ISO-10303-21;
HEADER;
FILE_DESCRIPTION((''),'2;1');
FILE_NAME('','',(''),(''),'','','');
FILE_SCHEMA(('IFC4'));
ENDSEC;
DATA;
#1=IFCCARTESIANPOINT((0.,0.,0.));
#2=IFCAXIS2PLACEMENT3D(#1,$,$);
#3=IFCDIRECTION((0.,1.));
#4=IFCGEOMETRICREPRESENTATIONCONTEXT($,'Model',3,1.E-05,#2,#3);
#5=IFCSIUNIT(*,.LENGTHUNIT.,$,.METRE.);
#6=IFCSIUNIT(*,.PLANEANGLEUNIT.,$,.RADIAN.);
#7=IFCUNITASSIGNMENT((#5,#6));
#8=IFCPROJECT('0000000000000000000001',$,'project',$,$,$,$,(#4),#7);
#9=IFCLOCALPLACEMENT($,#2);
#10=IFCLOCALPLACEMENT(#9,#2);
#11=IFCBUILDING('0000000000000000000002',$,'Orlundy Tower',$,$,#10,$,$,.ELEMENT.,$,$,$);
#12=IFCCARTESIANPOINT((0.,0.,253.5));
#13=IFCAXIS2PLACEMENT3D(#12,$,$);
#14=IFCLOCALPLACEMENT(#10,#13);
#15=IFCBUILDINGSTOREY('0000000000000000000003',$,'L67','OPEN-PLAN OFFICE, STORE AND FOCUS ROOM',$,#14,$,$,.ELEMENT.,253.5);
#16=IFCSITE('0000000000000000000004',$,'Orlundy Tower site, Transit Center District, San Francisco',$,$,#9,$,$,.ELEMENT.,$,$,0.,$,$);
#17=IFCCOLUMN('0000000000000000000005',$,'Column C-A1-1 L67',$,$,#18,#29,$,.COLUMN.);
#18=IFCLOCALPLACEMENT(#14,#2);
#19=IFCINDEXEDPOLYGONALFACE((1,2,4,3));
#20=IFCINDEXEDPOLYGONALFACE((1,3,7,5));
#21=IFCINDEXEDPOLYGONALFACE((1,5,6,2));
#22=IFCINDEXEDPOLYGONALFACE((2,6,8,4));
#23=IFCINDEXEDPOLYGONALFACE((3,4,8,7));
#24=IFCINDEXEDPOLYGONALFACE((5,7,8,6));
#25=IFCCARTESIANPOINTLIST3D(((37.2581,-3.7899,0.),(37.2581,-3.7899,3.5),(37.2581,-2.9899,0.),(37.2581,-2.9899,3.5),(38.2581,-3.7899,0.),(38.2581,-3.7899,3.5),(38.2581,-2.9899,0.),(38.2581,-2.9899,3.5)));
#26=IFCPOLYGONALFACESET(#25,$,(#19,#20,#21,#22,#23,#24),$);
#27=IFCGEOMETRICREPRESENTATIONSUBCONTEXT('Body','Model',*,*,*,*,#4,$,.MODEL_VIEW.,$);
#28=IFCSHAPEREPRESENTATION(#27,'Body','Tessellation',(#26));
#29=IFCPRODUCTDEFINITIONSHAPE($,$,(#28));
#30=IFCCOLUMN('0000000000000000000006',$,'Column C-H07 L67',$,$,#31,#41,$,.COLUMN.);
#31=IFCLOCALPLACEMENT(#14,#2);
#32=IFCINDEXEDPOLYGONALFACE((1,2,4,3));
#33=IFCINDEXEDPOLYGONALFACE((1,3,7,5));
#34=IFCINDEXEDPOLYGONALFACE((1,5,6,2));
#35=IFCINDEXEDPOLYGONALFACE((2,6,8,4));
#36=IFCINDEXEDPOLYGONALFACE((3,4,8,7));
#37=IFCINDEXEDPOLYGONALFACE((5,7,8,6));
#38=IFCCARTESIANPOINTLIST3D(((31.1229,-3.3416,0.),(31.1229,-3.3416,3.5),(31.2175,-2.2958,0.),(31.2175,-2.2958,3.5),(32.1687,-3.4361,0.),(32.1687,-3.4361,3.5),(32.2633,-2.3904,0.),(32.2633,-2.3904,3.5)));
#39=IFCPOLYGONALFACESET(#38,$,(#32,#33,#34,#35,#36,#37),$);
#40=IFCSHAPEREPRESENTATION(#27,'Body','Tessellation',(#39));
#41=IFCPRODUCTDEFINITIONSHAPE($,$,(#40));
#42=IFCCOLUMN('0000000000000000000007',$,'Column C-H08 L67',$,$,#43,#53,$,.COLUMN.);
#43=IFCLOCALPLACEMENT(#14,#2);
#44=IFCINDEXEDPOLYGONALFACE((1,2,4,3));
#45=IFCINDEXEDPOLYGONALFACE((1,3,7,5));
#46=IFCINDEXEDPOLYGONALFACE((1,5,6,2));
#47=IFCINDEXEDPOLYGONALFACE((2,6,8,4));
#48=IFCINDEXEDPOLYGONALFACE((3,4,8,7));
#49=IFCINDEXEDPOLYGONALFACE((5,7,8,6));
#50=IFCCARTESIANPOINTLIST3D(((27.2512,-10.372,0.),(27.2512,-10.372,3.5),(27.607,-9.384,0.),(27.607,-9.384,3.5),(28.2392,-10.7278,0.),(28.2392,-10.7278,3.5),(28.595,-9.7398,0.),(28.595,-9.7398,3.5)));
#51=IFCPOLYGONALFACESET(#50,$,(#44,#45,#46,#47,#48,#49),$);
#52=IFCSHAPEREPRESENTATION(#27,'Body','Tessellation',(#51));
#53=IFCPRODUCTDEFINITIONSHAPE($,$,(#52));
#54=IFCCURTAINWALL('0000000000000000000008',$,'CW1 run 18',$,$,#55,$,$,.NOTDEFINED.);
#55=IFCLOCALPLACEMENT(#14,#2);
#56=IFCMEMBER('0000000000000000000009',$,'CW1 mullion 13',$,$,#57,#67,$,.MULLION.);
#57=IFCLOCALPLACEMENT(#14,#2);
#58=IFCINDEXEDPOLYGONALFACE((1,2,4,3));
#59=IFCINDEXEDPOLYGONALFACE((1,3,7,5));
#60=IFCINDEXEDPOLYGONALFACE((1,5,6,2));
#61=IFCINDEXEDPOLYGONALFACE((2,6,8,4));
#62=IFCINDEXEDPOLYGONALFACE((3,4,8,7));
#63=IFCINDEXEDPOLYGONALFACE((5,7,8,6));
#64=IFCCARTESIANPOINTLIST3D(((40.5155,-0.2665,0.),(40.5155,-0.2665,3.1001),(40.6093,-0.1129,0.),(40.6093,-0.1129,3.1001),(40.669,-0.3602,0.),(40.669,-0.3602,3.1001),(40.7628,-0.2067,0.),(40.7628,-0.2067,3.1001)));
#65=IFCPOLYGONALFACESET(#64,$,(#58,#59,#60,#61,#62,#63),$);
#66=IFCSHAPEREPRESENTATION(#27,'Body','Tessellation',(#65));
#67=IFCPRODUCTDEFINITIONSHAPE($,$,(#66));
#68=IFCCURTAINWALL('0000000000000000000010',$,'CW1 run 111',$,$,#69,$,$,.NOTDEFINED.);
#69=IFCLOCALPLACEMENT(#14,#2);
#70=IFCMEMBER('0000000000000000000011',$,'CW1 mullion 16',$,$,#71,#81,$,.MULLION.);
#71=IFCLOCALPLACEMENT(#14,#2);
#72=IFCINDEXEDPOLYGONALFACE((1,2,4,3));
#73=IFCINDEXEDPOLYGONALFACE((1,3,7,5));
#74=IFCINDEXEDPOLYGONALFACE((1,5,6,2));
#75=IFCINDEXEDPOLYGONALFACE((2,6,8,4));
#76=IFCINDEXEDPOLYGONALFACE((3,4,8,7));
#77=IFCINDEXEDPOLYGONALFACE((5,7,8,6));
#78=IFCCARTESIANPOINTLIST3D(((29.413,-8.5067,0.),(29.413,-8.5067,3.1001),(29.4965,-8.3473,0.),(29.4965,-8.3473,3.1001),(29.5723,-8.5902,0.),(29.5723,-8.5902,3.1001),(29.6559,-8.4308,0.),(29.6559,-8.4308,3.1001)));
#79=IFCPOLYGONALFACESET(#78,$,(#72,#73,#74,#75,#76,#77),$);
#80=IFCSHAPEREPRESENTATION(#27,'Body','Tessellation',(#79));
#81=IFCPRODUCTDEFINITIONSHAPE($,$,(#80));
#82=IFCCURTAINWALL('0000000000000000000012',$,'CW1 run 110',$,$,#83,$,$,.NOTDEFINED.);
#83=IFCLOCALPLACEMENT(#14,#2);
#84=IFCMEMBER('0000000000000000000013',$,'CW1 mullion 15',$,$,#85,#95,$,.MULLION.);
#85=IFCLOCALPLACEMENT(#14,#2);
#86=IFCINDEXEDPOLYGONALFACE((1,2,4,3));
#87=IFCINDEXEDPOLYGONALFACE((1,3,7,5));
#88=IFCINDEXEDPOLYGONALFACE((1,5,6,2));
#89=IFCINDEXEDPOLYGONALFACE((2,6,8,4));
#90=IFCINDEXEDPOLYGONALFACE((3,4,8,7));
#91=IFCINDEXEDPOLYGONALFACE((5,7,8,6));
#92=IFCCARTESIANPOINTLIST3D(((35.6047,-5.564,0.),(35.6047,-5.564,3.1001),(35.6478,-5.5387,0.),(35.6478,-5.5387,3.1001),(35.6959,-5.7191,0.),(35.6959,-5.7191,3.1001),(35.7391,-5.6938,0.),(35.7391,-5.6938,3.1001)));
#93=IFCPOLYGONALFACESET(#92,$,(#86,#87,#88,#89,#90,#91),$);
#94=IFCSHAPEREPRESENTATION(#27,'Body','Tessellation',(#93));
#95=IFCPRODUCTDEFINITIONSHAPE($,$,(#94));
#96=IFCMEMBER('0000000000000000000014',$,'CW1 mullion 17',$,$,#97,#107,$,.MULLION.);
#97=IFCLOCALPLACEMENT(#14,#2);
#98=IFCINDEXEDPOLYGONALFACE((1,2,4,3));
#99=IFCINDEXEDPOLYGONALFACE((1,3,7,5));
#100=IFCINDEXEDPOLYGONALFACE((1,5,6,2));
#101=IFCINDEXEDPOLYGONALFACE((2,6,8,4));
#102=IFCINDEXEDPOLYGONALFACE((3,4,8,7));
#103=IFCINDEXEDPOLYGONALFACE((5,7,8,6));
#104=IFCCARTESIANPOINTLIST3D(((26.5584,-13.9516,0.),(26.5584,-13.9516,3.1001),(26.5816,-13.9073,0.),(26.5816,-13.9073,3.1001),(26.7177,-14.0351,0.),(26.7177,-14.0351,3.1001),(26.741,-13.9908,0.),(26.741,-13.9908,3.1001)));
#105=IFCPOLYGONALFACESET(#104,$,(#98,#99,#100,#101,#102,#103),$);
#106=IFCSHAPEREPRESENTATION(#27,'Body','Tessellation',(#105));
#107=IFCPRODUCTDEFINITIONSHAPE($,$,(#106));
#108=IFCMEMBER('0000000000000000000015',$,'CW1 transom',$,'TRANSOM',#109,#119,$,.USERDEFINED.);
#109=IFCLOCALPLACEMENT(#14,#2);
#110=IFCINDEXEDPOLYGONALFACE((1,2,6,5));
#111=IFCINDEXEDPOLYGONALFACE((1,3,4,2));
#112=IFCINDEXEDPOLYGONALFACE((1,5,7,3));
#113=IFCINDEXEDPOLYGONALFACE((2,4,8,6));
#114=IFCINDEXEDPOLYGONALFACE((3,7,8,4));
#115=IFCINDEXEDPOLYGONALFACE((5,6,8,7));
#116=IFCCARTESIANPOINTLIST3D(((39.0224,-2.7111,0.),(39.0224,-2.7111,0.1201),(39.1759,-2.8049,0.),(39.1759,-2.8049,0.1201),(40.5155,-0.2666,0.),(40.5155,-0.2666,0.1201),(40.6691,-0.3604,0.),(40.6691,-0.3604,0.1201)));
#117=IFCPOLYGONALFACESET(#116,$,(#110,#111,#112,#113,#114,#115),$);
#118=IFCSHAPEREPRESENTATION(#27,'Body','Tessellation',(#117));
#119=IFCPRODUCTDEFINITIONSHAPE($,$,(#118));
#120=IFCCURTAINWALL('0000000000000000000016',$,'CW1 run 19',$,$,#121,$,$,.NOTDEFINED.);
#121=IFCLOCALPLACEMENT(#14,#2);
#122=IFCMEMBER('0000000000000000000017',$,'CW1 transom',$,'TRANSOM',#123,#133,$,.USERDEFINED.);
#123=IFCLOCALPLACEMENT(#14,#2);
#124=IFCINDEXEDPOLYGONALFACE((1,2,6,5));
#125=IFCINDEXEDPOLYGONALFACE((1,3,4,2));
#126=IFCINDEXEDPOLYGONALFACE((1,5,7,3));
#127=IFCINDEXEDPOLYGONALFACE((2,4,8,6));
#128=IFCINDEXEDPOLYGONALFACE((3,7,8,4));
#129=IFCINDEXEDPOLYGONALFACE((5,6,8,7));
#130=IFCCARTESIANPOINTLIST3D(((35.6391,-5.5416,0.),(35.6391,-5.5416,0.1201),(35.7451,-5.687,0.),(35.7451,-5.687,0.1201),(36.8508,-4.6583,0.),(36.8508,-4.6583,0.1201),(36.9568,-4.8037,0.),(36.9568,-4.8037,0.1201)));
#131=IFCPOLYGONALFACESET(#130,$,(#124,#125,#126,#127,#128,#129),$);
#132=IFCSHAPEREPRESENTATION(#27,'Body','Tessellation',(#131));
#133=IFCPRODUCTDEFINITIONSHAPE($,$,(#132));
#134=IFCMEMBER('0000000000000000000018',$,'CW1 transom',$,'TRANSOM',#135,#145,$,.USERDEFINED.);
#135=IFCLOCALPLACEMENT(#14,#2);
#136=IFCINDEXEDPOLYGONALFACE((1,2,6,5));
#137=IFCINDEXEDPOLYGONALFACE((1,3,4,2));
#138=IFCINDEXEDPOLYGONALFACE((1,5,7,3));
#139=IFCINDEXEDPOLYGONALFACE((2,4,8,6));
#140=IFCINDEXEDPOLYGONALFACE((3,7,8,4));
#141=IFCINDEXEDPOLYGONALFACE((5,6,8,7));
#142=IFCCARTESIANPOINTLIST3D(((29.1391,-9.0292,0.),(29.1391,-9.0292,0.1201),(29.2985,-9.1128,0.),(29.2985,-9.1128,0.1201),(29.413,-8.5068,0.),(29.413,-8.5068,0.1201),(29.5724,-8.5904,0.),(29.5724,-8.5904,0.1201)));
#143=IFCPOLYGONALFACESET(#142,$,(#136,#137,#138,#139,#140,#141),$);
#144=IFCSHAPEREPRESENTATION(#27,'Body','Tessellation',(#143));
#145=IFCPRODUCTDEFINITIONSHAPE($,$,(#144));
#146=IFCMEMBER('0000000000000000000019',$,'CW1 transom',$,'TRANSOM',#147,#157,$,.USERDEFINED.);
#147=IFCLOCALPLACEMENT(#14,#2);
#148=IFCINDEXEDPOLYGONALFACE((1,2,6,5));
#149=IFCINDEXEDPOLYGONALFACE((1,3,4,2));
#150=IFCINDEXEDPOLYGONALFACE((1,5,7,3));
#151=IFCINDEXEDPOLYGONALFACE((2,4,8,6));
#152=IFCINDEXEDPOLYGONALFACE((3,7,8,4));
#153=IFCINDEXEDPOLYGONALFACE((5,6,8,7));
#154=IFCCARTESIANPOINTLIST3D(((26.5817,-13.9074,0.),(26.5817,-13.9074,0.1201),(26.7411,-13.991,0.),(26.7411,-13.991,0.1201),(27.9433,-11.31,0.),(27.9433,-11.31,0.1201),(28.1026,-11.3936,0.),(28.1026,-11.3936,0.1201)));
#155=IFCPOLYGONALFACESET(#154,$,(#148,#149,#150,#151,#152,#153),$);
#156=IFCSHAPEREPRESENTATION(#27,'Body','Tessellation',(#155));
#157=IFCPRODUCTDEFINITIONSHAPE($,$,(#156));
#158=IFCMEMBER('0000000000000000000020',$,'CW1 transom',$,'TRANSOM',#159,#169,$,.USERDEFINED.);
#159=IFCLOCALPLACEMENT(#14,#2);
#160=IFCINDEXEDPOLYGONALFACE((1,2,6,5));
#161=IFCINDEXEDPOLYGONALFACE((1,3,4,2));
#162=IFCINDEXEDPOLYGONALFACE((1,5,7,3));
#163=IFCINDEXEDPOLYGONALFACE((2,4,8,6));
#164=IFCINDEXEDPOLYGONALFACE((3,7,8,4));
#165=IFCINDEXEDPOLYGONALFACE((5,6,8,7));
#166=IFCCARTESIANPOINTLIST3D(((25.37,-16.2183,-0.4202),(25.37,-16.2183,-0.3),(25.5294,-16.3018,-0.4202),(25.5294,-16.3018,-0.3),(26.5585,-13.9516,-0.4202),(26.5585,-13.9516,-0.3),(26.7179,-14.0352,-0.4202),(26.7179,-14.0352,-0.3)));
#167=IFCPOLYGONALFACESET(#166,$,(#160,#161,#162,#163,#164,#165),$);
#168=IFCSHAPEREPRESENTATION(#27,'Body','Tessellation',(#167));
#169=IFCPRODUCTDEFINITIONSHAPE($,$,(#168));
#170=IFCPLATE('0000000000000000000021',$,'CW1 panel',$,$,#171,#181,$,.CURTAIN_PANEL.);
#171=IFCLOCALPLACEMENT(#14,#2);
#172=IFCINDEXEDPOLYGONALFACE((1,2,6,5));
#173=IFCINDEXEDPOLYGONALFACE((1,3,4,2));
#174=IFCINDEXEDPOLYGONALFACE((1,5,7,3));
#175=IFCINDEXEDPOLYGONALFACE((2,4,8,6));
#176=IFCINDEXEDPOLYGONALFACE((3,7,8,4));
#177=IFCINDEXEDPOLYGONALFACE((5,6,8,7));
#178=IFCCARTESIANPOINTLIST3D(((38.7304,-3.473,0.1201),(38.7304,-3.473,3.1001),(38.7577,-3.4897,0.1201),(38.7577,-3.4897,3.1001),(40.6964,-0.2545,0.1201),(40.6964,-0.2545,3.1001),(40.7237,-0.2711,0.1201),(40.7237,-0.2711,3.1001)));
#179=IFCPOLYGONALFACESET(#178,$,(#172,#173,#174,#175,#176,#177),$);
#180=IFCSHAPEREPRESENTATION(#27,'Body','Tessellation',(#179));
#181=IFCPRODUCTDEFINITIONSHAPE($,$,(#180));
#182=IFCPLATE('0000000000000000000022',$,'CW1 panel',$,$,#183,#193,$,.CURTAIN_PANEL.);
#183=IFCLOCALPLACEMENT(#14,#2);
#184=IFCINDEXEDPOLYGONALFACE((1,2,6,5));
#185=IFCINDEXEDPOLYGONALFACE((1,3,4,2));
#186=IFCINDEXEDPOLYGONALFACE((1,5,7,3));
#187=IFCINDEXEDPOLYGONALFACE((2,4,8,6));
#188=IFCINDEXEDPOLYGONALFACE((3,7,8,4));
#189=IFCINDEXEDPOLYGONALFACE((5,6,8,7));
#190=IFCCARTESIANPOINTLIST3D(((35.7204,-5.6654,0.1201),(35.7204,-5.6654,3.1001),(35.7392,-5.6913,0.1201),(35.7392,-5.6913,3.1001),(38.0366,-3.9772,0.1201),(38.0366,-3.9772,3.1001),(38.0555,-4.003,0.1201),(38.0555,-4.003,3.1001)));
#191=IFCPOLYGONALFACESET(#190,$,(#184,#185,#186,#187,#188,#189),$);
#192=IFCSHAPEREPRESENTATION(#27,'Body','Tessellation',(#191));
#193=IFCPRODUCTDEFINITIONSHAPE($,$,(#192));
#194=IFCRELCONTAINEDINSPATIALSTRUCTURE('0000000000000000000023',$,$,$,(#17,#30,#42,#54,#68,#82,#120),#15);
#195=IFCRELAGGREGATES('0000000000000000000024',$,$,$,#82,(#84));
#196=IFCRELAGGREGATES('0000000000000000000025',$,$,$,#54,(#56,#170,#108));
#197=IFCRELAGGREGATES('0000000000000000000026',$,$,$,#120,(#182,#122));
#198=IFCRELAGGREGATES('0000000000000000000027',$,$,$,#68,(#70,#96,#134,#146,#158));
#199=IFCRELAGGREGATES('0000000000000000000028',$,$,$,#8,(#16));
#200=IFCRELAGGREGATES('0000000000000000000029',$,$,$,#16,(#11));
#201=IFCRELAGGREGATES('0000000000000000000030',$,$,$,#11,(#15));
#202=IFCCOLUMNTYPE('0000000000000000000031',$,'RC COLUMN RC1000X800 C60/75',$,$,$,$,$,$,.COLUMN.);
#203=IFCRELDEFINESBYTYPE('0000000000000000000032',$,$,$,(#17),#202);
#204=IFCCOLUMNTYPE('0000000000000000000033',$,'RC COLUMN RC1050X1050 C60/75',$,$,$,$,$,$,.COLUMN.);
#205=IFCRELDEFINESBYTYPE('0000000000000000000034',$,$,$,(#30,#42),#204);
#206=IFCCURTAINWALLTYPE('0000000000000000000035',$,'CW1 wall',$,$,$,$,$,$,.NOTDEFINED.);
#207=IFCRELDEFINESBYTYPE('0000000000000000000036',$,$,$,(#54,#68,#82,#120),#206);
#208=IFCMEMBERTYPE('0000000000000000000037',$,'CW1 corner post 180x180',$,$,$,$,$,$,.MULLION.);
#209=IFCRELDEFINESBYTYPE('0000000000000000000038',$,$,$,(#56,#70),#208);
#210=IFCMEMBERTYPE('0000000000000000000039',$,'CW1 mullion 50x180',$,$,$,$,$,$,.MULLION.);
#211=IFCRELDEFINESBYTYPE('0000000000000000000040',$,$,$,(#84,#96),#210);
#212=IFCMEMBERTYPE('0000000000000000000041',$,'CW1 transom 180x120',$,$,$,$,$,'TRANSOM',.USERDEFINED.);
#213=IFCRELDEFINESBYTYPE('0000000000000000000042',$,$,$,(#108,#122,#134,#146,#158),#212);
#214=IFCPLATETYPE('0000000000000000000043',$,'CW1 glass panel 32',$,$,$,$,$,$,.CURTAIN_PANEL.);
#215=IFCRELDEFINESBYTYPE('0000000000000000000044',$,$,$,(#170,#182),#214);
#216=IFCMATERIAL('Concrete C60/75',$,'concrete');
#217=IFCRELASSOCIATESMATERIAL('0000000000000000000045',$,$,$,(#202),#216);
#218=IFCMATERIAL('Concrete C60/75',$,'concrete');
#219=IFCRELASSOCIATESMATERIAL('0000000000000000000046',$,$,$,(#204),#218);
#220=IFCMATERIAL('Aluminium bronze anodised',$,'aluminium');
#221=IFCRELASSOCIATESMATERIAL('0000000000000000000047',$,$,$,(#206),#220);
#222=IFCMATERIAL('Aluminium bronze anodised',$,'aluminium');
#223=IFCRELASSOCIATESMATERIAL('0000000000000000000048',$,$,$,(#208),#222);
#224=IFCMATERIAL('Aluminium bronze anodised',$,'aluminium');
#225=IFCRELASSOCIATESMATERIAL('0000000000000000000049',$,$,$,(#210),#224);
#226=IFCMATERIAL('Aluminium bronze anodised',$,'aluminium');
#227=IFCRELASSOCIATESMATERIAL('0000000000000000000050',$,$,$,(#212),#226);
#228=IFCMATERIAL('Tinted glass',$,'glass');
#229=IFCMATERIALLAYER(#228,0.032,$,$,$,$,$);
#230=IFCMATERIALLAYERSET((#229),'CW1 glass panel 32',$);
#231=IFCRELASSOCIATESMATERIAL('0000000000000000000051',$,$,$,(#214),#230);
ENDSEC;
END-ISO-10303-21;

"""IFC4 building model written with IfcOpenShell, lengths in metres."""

from ifc_helpers import new_model, si_unit, direction, frame, origin, origin_2d, place, context, subcontext, project, spatial, rectangle, extrude, material, layer, layer_set, material_profile, profile_set, type_object, element, aggregate, save


model = new_model("IFC4")

# Units and contexts
model_context = context("Model", 3, precision=1e-05, world=origin(), true_north=direction((0.0, 1.0)))
body_context = subcontext(model_context, "Body", "Model", "MODEL_VIEW")
ifc_project = project(units=[si_unit("LENGTHUNIT", "METRE"), si_unit("PLANEANGLEUNIT", "RADIAN")], contexts=[model_context])

# Site, building, storey
site_placement = place(None, origin())
site = spatial("IfcSite", under=ifc_project, at=site_placement, Name="Orlundy Tower site, Transit Center District, San Francisco", CompositionType="ELEMENT", RefElevation=0.0)
building_placement = place(site_placement, origin())
building = spatial("IfcBuilding", under=site, at=building_placement, Name="Orlundy Tower", CompositionType="ELEMENT")
storey_placement = place(building_placement, frame((0.0, 0.0, 253.5)))
storey = spatial("IfcBuildingStorey", under=building, at=storey_placement, Name="L67", Description="OPEN-PLAN OFFICE, STORE AND FOCUS ROOM", CompositionType="ELEMENT", Elevation=253.5)

# Columns
ifc_material_1 = material(Name="Concrete C60/75", Category="concrete")
ifc_material_profile_1 = material_profile(ifc_material_1, rectangle(XDim=1.0, YDim=0.8, at=origin_2d()), Name="RC1000X800")
ifc_profile_set_1 = profile_set([ifc_material_profile_1], Name="Concrete C60/75")
column_type_1 = type_object("IfcColumnType", Name="RC COLUMN RC1000X800 C60/75", PredefinedType="COLUMN", material=ifc_profile_set_1)
column_placement = place(storey_placement, frame((37.7581, -3.3899, 0.0), z_axis=(0.0, 0.0, 1.0), x_axis=(1.0, 0.0, 0.0)))
element("IfcColumn", 1, at=column_placement, inside=storey, type_object=column_type_1, Name="Column C-A1-1 L67", PredefinedType="COLUMN", context=body_context, shape_type="SweptSolid", body=[
    extrude(rectangle(XDim=1.0, YDim=0.8, at=origin_2d()), origin(), (0.0, 0.0, 1.0), 3.5),
])
ifc_material_2 = material(Name="Concrete C60/75", Category="concrete")
ifc_material_profile_2 = material_profile(ifc_material_2, rectangle(XDim=1.05, YDim=1.05, at=origin_2d()), Name="RC1050X1050")
ifc_profile_set_2 = profile_set([ifc_material_profile_2], Name="Concrete C60/75")
column_type_2 = type_object("IfcColumnType", Name="RC COLUMN RC1050X1050 C60/75", PredefinedType="COLUMN", material=ifc_profile_set_2)
for number, where, z_axis, x_axis, name in (
    (2, (31.6931, -2.866, 0.0), (0.0, 0.0, 1.0), (0.995936, -0.090059, 0.0), "Column C-H07 L67"),
    (3, (27.9231, -10.0559, 0.0), (0.0, 0.0, 1.0), (0.940845, -0.338836, 0.0), "Column C-H08 L67"),
):
    element("IfcColumn", number, at=place(storey_placement, frame(where, z_axis=z_axis, x_axis=x_axis)), inside=storey, type_object=column_type_2, Name=name, PredefinedType="COLUMN", context=body_context, shape_type="SweptSolid", body=[
        extrude(rectangle(XDim=1.05, YDim=1.05, at=origin_2d()), origin(), (0.0, 0.0, 1.0), 3.5),
    ])

# Curtain walls, members
ifc_material_3 = material(Name="Aluminium bronze anodised", Category="aluminium")
curtain_wall_type = type_object("IfcCurtainWallType", Name="CW1 wall", PredefinedType="NOTDEFINED", material=ifc_material_3)
curtain_wall_1_placement = place(storey_placement, origin())
curtain_wall_1 = element("IfcCurtainWall", 4, at=curtain_wall_1_placement, inside=storey, type_object=curtain_wall_type, Name="CW1 run 18", PredefinedType="NOTDEFINED")
ifc_material_4 = material(Name="Aluminium bronze anodised", Category="aluminium")
ifc_material_profile_3 = material_profile(ifc_material_4, rectangle(XDim=0.1799, YDim=0.1799, at=origin_2d()), Name="CW1 corner post 180x180")
ifc_profile_set_3 = profile_set([ifc_material_profile_3], Name="Aluminium bronze anodised")
member_type_1 = type_object("IfcMemberType", Name="CW1 corner post 180x180", PredefinedType="MULLION", material=ifc_profile_set_3)
member_1_placement = place(storey_placement, frame((40.6392, -0.2366, 0.0), z_axis=(0.0, 0.0, 1.0), x_axis=(0.853395, -0.521264, 0.0)))
member_1 = element("IfcMember", 5, at=member_1_placement, type_object=member_type_1, Name="CW1 mullion 13", PredefinedType="MULLION", context=body_context, shape_type="SweptSolid", body=[
    extrude(rectangle(XDim=0.1799, YDim=0.1799, at=origin_2d()), origin(), (0.0, 0.0, 1.0), 3.1001),
])
curtain_wall_2_placement = place(storey_placement, origin())
curtain_wall_2 = element("IfcCurtainWall", 6, at=curtain_wall_2_placement, inside=storey, type_object=curtain_wall_type, Name="CW1 run 111", PredefinedType="NOTDEFINED")
member_2_placement = place(storey_placement, frame((29.5344, -8.4688, 0.0), z_axis=(0.0, 0.0, 1.0), x_axis=(0.885661, -0.464333, 0.0)))
member_2 = element("IfcMember", 7, at=member_2_placement, type_object=member_type_1, Name="CW1 mullion 16", PredefinedType="MULLION", context=body_context, shape_type="SweptSolid", body=[
    extrude(rectangle(XDim=0.1799, YDim=0.1799, at=origin_2d()), origin(), (0.0, 0.0, 1.0), 3.1001),
])
curtain_wall_3_placement = place(storey_placement, origin())
curtain_wall_3 = element("IfcCurtainWall", 8, at=curtain_wall_3_placement, inside=storey, type_object=curtain_wall_type, Name="CW1 run 110", PredefinedType="NOTDEFINED")
ifc_material_5 = material(Name="Aluminium bronze anodised", Category="aluminium")
ifc_material_profile_4 = material_profile(ifc_material_5, rectangle(XDim=0.1799, YDim=0.05, at=origin_2d()), Name="CW1 mullion 50x180")
ifc_profile_set_4 = profile_set([ifc_material_profile_4], Name="Aluminium bronze anodised")
member_type_2 = type_object("IfcMemberType", Name="CW1 mullion 50x180", PredefinedType="MULLION", material=ifc_profile_set_4)
member_3_placement = place(storey_placement, frame((35.6719, -5.6289, 0.0), z_axis=(0.0, 0.0, 1.0), x_axis=(0.506928, -0.861989, 0.0)))
member_3 = element("IfcMember", 9, at=member_3_placement, type_object=member_type_2, Name="CW1 mullion 15", PredefinedType="MULLION", context=body_context, shape_type="SweptSolid", body=[
    extrude(rectangle(XDim=0.1799, YDim=0.05, at=origin_2d()), origin(), (0.0, 0.0, 1.0), 3.1001),
])
aggregate(curtain_wall_3, [member_3])

# Members
member_4_placement = place(storey_placement, frame((26.6497, -13.9712, 0.0), z_axis=(0.0, 0.0, 1.0), x_axis=(0.885661, -0.464333, 0.0)))
member_4 = element("IfcMember", 10, at=member_4_placement, type_object=member_type_2, Name="CW1 mullion 17", PredefinedType="MULLION", context=body_context, shape_type="SweptSolid", body=[
    extrude(rectangle(XDim=0.1799, YDim=0.05, at=origin_2d()), origin(), (0.0, 0.0, 1.0), 3.1001),
])
ifc_material_6 = material(Name="Aluminium bronze anodised", Category="aluminium")
ifc_material_profile_5 = material_profile(ifc_material_6, rectangle(XDim=0.1799, YDim=0.1201, at=origin_2d()), Name="CW1 transom 180x120")
ifc_profile_set_5 = profile_set([ifc_material_profile_5], Name="Aluminium bronze anodised")
member_type_3 = type_object("IfcMemberType", Name="CW1 transom 180x120", ElementType="TRANSOM", PredefinedType="USERDEFINED", material=ifc_profile_set_5)
member_5_placement = place(storey_placement, frame((40.5923, -0.3135, 0.0601), z_axis=(-0.52126, -0.853398, 0.0), x_axis=(0.853398, -0.52126, 0.0)))
member_5 = element("IfcMember", 11, at=member_5_placement, type_object=member_type_3, Name="CW1 transom", ObjectType="TRANSOM", PredefinedType="USERDEFINED", context=body_context, shape_type="SweptSolid", body=[
    extrude(rectangle(XDim=0.1799, YDim=0.1201, at=origin_2d()), origin(), (0.0, 0.0, 1.0), 2.8645),
])

# Curtain wall, member
curtain_wall_4_placement = place(storey_placement, origin())
curtain_wall_4 = element("IfcCurtainWall", 12, at=curtain_wall_4_placement, inside=storey, type_object=curtain_wall_type, Name="CW1 run 19", PredefinedType="NOTDEFINED")
member_6_placement = place(storey_placement, frame((36.9038, -4.731, 0.0601), z_axis=(-0.808074, -0.589081, 0.0), x_axis=(0.589081, -0.808074, 0.0)))
member_6 = element("IfcMember", 13, at=member_6_placement, type_object=member_type_3, Name="CW1 transom", ObjectType="TRANSOM", PredefinedType="USERDEFINED", context=body_context, shape_type="SweptSolid", body=[
    extrude(rectangle(XDim=0.1799, YDim=0.1201, at=origin_2d()), origin(), (0.0, 0.0, 1.0), 1.4995),
])

# Members
member_7_placement = place(storey_placement, frame((29.4927, -8.5486, 0.0601), z_axis=(-0.464347, -0.885653, 0.0), x_axis=(0.885653, -0.464347, 0.0)))
member_7 = element("IfcMember", 14, at=member_7_placement, type_object=member_type_3, Name="CW1 transom", ObjectType="TRANSOM", PredefinedType="USERDEFINED", context=body_context, shape_type="SweptSolid", body=[
    extrude(rectangle(XDim=0.1799, YDim=0.1201, at=origin_2d()), origin(), (0.0, 0.0, 1.0), 0.5898),
])
member_8_placement = place(storey_placement, frame((28.0229, -11.3518, 0.0601), z_axis=(-0.464281, -0.885688, 0.0), x_axis=(0.885688, -0.464281, 0.0)))
member_8 = element("IfcMember", 15, at=member_8_placement, type_object=member_type_3, Name="CW1 transom", ObjectType="TRANSOM", PredefinedType="USERDEFINED", context=body_context, shape_type="SweptSolid", body=[
    extrude(rectangle(XDim=0.1799, YDim=0.1201, at=origin_2d()), origin(), (0.0, 0.0, 1.0), 2.9326),
])
member_9_placement = place(storey_placement, frame((26.6382, -13.9934, -0.3601), z_axis=(-0.464378, -0.885637, 0.0), x_axis=(0.885637, -0.464378, 0.0)))
member_9 = element("IfcMember", 16, at=member_9_placement, type_object=member_type_3, Name="CW1 transom", ObjectType="TRANSOM", PredefinedType="USERDEFINED", context=body_context, shape_type="SweptSolid", body=[
    extrude(rectangle(XDim=0.1799, YDim=0.1201, at=origin_2d()), origin(), (0.0, 0.0, 1.0), 2.5593),
])

# Plates
ifc_material_7 = material(Name="Tinted glass", Category="glass")
ifc_layer_1 = layer(ifc_material_7, 0.032)
ifc_layer_set_1 = layer_set([ifc_layer_1], Name="CW1 glass panel 32")
plate_type = type_object("IfcPlateType", Name="CW1 glass panel 32", PredefinedType="CURTAIN_PANEL", material=ifc_layer_set_1)
plate_1_placement = place(storey_placement, frame((39.7271, -1.8721, 0.1201), z_axis=(0.0, 0.0, 1.0), x_axis=(-0.521264, -0.853395, 0.0)))
plate_1 = element("IfcPlate", 17, at=plate_1_placement, type_object=plate_type, Name="CW1 panel", PredefinedType="CURTAIN_PANEL", context=body_context, shape_type="SweptSolid", body=[
    extrude(rectangle(XDim=3.7715, YDim=0.032, at=origin_2d()), origin(), (0.0, 0.0, 1.0), 2.98),
])
aggregate(curtain_wall_1, [member_1, plate_1, member_5])
plate_2_placement = place(storey_placement, frame((36.8879, -4.8342, 0.1201), z_axis=(0.0, 0.0, 1.0), x_axis=(-0.808117, -0.589022, 0.0)))
plate_2 = element("IfcPlate", 18, at=plate_2_placement, type_object=plate_type, Name="CW1 panel", PredefinedType="CURTAIN_PANEL", context=body_context, shape_type="SweptSolid", body=[
    extrude(rectangle(XDim=2.8662, YDim=0.032, at=origin_2d()), origin(), (0.0, 0.0, 1.0), 2.98),
])
aggregate(curtain_wall_4, [plate_2, member_6])
aggregate(curtain_wall_2, [member_2, member_4, member_7, member_8, member_9])

save(model, "model.ifc")
